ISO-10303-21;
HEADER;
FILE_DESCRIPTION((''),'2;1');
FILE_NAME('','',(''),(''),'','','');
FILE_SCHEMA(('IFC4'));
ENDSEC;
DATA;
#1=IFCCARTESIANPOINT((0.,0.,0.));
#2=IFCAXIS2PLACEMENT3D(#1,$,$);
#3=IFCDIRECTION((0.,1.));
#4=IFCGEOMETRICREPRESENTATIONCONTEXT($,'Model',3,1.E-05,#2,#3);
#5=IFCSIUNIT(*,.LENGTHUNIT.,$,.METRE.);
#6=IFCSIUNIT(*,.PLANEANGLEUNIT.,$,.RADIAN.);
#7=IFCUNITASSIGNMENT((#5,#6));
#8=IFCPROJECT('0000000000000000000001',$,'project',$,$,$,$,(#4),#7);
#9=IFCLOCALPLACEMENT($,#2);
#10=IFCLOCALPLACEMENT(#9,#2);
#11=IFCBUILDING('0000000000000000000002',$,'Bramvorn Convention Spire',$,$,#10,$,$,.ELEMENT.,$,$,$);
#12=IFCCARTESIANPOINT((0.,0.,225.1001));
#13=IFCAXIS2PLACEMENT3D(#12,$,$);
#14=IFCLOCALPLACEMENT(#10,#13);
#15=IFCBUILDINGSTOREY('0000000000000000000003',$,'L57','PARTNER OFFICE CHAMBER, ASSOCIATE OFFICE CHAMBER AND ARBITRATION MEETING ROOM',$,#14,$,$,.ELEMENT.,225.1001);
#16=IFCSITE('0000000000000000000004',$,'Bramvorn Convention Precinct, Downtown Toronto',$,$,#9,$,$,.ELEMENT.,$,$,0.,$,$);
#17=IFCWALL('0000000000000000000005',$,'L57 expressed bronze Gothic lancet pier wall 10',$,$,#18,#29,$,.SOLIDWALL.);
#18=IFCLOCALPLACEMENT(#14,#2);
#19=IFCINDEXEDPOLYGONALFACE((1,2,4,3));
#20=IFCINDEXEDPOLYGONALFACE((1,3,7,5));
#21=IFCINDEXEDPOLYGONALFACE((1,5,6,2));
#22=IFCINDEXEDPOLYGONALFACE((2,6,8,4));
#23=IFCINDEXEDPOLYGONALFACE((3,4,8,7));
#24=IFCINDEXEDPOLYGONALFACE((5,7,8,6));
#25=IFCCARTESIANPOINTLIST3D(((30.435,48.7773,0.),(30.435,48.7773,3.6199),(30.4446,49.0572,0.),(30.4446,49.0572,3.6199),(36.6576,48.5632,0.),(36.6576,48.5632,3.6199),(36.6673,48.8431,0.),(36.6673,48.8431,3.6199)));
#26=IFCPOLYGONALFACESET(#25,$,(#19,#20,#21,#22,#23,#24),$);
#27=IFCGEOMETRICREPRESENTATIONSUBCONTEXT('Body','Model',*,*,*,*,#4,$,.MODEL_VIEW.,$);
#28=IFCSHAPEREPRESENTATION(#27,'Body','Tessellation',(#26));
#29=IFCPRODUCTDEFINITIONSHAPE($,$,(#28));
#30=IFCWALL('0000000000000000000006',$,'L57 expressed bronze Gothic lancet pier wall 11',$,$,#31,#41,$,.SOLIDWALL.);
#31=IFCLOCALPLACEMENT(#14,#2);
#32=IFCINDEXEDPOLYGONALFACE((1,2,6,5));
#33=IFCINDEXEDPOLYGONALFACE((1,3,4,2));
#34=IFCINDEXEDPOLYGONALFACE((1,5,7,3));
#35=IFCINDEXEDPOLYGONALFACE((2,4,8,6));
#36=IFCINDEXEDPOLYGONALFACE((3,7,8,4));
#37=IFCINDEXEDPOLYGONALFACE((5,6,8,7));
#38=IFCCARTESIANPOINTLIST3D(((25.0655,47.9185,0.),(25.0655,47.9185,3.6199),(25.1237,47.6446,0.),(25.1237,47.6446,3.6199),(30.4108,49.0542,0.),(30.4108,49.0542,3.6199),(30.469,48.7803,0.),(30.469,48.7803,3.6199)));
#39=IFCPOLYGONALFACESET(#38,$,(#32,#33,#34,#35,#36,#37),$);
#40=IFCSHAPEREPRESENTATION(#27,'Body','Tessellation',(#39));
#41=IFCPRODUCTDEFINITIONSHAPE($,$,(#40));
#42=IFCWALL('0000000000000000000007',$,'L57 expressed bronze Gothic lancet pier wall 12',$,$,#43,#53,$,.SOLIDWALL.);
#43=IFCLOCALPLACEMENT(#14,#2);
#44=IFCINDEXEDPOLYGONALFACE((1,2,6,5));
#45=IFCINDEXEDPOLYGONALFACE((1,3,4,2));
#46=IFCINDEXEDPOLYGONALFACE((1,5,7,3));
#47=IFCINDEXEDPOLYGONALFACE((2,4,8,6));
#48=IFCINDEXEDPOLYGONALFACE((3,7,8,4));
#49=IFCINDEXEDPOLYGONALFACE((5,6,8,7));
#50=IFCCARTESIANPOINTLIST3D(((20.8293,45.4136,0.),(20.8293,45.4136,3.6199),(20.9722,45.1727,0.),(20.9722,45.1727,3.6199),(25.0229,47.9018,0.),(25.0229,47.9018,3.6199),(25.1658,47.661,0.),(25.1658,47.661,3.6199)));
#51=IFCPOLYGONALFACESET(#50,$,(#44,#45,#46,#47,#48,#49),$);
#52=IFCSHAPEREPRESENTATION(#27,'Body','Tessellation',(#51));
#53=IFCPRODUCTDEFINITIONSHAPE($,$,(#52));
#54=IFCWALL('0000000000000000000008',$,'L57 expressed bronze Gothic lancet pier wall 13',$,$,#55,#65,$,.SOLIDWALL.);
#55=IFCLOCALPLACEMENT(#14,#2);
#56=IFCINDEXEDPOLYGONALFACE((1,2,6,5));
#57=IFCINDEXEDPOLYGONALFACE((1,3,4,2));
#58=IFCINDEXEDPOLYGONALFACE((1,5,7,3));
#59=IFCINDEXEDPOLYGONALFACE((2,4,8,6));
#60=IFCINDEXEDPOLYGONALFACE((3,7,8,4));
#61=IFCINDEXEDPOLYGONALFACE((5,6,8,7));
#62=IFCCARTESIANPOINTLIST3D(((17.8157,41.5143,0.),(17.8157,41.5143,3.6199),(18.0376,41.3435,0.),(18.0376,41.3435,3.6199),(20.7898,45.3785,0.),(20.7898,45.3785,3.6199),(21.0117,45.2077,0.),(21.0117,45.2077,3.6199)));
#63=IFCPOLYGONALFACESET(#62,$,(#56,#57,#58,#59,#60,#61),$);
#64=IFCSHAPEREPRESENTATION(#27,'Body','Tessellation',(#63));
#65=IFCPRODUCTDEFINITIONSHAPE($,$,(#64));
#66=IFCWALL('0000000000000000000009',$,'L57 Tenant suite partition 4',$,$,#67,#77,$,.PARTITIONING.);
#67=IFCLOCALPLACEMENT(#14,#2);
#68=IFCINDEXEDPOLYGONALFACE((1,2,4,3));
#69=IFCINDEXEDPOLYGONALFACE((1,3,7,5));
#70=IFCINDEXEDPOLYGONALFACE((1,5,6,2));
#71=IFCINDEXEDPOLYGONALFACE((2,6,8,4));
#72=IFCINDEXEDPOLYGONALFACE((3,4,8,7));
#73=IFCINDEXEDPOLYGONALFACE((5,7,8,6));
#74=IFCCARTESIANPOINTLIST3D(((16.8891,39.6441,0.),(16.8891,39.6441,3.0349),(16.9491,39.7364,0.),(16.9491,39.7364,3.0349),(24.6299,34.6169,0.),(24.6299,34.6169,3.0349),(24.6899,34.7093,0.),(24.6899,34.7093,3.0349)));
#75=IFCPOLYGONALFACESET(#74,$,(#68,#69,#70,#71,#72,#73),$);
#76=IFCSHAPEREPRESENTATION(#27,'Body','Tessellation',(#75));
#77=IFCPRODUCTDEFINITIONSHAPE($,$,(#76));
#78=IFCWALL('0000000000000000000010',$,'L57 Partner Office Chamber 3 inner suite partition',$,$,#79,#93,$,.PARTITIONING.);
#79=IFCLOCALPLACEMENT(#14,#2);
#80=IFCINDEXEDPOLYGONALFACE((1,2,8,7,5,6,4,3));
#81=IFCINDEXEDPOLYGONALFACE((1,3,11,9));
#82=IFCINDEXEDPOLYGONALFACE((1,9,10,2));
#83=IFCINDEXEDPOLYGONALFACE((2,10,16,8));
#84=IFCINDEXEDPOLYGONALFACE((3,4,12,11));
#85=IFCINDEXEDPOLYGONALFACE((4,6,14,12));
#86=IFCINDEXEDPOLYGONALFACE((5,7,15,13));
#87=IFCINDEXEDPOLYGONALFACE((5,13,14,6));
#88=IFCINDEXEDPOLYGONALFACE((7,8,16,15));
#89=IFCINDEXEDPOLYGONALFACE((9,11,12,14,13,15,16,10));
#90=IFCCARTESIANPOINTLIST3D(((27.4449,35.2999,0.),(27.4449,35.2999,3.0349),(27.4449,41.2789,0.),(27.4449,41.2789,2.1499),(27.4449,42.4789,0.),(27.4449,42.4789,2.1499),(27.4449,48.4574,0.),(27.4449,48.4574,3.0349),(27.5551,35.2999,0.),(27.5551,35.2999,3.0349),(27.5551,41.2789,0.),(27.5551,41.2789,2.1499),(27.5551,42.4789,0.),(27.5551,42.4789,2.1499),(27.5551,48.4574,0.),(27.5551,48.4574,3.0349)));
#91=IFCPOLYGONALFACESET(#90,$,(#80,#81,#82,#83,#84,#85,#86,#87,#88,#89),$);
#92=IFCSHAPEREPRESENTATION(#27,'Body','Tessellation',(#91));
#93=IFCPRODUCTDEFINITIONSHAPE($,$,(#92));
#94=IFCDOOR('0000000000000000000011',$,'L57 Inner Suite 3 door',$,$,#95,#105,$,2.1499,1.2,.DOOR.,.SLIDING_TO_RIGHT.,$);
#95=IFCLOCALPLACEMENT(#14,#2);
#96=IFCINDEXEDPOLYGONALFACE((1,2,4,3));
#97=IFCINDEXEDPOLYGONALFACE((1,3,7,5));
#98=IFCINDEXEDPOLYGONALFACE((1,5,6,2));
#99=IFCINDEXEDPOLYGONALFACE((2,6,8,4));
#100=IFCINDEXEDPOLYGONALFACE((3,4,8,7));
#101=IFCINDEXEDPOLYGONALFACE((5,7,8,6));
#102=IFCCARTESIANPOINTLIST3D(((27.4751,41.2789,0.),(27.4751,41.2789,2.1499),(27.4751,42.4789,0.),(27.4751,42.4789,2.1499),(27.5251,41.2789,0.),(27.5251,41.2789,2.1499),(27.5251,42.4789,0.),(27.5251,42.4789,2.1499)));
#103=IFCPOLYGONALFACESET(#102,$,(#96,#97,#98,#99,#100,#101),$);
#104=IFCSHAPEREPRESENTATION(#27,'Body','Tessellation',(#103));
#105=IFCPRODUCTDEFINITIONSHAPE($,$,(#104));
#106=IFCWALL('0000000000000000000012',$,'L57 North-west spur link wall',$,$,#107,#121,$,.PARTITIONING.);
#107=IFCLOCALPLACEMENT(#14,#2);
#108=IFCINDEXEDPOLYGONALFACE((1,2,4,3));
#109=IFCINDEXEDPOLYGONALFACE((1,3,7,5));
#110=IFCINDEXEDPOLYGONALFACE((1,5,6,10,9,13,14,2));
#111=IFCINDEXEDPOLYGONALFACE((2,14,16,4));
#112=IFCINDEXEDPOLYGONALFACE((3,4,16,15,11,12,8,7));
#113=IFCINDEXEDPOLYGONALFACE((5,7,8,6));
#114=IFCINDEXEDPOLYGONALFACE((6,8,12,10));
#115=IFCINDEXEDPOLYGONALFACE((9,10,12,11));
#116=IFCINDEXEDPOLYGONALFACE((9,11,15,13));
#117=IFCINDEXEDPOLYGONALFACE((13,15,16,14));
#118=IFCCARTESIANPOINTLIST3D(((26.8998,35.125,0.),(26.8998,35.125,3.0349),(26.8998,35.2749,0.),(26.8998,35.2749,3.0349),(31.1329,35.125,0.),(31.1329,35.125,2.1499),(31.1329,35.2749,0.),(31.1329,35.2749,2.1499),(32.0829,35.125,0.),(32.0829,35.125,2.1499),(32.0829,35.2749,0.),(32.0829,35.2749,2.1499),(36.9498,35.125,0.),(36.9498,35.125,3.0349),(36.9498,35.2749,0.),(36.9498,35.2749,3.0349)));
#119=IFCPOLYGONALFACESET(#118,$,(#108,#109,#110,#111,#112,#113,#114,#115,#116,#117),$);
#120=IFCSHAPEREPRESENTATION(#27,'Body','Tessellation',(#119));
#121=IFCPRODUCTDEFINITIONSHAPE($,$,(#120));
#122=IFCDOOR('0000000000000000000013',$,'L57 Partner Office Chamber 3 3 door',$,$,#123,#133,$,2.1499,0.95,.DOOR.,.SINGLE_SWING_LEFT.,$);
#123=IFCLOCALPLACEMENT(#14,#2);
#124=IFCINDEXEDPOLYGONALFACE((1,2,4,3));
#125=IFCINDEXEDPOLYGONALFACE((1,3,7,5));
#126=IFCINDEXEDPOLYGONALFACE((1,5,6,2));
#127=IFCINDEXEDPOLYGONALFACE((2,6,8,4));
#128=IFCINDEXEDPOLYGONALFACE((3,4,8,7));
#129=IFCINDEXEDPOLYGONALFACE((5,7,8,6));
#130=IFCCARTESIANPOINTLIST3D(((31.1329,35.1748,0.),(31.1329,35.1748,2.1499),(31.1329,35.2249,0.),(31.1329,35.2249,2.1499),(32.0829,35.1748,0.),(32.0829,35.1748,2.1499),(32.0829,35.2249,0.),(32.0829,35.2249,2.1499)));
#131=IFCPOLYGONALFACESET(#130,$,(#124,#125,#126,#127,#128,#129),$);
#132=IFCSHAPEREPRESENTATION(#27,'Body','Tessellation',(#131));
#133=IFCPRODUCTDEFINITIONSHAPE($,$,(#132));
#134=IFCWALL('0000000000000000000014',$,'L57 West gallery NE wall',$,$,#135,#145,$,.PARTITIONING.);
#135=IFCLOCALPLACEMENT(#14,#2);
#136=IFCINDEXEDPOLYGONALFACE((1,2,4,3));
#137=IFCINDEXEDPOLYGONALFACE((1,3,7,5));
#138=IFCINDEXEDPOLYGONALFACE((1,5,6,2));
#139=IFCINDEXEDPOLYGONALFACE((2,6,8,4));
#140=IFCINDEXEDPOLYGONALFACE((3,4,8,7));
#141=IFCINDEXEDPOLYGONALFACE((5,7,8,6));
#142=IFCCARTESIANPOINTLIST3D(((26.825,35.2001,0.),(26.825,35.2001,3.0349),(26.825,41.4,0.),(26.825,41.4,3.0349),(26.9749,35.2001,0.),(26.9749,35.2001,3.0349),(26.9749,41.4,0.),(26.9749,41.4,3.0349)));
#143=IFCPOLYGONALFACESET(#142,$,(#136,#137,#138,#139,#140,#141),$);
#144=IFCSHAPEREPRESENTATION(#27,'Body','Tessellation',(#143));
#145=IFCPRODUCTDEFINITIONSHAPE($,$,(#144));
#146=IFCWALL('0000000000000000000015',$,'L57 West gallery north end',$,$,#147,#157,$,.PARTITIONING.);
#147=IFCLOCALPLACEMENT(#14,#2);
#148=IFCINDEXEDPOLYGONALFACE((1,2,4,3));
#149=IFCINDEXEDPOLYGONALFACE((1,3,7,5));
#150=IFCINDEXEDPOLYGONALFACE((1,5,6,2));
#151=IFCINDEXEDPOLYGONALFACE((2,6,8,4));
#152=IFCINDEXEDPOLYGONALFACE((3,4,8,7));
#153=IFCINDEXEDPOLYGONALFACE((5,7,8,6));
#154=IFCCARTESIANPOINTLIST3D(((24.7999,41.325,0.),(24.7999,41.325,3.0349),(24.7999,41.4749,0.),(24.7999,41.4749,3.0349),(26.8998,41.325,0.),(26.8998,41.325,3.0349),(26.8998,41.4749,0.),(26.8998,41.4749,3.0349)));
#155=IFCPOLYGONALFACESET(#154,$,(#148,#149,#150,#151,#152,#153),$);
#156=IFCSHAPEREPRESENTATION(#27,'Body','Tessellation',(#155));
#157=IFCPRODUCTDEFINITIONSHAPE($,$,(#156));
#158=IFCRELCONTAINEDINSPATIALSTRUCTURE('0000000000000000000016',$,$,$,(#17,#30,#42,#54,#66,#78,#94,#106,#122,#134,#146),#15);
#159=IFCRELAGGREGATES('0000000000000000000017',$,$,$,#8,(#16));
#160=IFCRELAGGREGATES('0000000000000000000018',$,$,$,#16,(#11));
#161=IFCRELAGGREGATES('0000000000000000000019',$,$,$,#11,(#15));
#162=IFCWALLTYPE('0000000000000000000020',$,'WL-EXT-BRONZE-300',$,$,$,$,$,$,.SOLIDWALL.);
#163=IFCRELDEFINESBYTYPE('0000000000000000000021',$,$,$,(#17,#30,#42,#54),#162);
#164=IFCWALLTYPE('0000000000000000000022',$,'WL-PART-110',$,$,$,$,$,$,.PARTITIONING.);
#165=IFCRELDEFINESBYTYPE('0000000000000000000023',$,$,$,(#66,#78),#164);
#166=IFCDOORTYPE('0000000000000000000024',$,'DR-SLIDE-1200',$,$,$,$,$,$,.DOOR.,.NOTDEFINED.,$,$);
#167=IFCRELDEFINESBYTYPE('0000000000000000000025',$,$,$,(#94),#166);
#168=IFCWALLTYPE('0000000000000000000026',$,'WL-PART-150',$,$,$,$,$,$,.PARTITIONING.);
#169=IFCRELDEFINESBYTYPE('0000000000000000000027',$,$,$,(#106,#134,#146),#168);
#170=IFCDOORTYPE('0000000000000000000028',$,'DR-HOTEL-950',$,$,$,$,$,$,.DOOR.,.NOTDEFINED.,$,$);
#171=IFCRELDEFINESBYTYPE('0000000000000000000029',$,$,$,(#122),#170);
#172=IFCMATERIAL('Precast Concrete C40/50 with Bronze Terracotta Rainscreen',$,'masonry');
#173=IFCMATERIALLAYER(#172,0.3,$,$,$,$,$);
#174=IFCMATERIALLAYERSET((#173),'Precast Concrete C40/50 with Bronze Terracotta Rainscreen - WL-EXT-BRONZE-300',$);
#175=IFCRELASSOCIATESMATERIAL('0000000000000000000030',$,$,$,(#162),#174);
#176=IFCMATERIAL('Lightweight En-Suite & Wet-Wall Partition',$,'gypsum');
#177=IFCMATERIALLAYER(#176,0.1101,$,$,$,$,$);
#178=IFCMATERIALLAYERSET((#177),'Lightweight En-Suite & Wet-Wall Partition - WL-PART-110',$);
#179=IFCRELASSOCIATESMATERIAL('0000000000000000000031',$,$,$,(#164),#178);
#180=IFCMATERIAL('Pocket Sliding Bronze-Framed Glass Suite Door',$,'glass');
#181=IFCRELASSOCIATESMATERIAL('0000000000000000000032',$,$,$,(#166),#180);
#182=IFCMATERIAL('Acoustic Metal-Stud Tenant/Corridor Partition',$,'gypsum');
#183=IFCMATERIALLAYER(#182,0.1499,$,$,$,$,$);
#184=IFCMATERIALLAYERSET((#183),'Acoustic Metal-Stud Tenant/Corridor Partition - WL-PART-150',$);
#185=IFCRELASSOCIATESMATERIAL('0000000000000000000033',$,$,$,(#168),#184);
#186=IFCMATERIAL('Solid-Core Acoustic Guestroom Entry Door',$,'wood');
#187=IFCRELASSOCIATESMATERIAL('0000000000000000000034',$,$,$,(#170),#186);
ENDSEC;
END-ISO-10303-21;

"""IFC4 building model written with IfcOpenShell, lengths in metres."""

from ifc_helpers import new_model, si_unit, direction, frame, frame_2d, origin, place, context, subcontext, project, spatial, rectangle, extrude, material, layer, layer_set, type_object, element, fill, save


model = new_model("IFC4")

# Units and contexts
model_context = context("Model", 3, precision=1e-05, world=origin(), true_north=direction((0.0, 1.0)))
body_context = subcontext(model_context, "Body", "Model", "MODEL_VIEW")
ifc_project = project(units=[si_unit("LENGTHUNIT", "METRE"), si_unit("PLANEANGLEUNIT", "RADIAN")], contexts=[model_context])

# Site, building, storey
site_placement = place(None, origin())
site = spatial("IfcSite", under=ifc_project, at=site_placement, Name="Bramvorn Convention Precinct, Downtown Toronto", CompositionType="ELEMENT", RefElevation=0.0)
building_placement = place(site_placement, origin())
building = spatial("IfcBuilding", under=site, at=building_placement, Name="Bramvorn Convention Spire", CompositionType="ELEMENT")
storey_placement = place(building_placement, frame((0.0, 0.0, 225.1001)))
storey = spatial("IfcBuildingStorey", under=building, at=storey_placement, Name="L57", Description="PARTNER OFFICE CHAMBER, ASSOCIATE OFFICE CHAMBER AND ARBITRATION MEETING ROOM", CompositionType="ELEMENT", Elevation=225.1001)

# Walls
ifc_material_1 = material(Name="Precast Concrete C40/50 with Bronze Terracotta Rainscreen", Category="masonry")
ifc_layer_1 = layer(ifc_material_1, 0.3)
ifc_layer_set_1 = layer_set([ifc_layer_1], Name="Precast Concrete C40/50 with Bronze Terracotta Rainscreen - WL-EXT-BRONZE-300")
wall_type_1 = type_object("IfcWallType", Name="WL-EXT-BRONZE-300", PredefinedType="SOLIDWALL", material=ifc_layer_set_1)
wall_1_placement = place(storey_placement, frame((30.4397, 48.9172, 0.0), z_axis=(0.0, 0.0, 1.0), x_axis=(0.999409, -0.034388, 0.0)))
element("IfcWall", 1, at=wall_1_placement, inside=storey, type_object=wall_type_1, Name="L57 expressed bronze Gothic lancet pier wall 10", PredefinedType="SOLIDWALL", context=body_context, shape_type="SweptSolid", body=[
    extrude(rectangle(XDim=6.2263, YDim=0.28, at=frame_2d((3.1133, 0.0))), origin(), (0.0, 0.0, 1.0), 3.6199),
])
wall_2_placement = place(storey_placement, frame((25.0945, 47.7815, 0.0), z_axis=(0.0, 0.0, 1.0), x_axis=(0.978163, 0.207838, 0.0)))
element("IfcWall", 2, at=wall_2_placement, inside=storey, type_object=wall_type_1, Name="L57 expressed bronze Gothic lancet pier wall 11", PredefinedType="SOLIDWALL", context=body_context, shape_type="SweptSolid", body=[
    extrude(rectangle(XDim=5.4646, YDim=0.28, at=frame_2d((2.7324, 0.0))), origin(), (0.0, 0.0, 1.0), 3.6199),
])
for number, where, z_axis, x_axis, name in (
    (3, (20.9009, 45.2932, 0.0), (0.0, 0.0, 1.0), (0.860005, 0.510285, 0.0), "L57 expressed bronze Gothic lancet pier wall 12"),
    (4, (17.9268, 41.429, 0.0), (0.0, 0.0, 1.0), (0.609919, 0.792464, 0.0), "L57 expressed bronze Gothic lancet pier wall 13"),
):
    element("IfcWall", number, at=place(storey_placement, frame(where, z_axis=z_axis, x_axis=x_axis)), inside=storey, type_object=wall_type_1, Name=name, PredefinedType="SOLIDWALL", context=body_context, shape_type="SweptSolid", body=[
        extrude(rectangle(XDim=4.8762, YDim=0.28, at=frame_2d((2.438, 0.0))), origin(), (0.0, 0.0, 1.0), 3.6199),
    ])
ifc_material_2 = material(Name="Lightweight En-Suite & Wet-Wall Partition", Category="gypsum")
ifc_layer_2 = layer(ifc_material_2, 0.1101)
ifc_layer_set_2 = layer_set([ifc_layer_2], Name="Lightweight En-Suite & Wet-Wall Partition - WL-PART-110")
wall_type_2 = type_object("IfcWallType", Name="WL-PART-110", PredefinedType="PARTITIONING", material=ifc_layer_set_2)
wall_3_placement = place(storey_placement, frame((24.6599, 34.6631, 0.0), z_axis=(0.0, 0.0, 1.0), x_axis=(-0.83866, 0.544655, 0.0)))
element("IfcWall", 5, at=wall_3_placement, inside=storey, type_object=wall_type_2, Name="L57 Tenant suite partition 4", PredefinedType="PARTITIONING", context=body_context, shape_type="SweptSolid", body=[
    extrude(rectangle(XDim=9.23, YDim=0.1101, at=frame_2d((4.615, 0.0))), origin(), (0.0, 0.0, 1.0), 3.0349),
])

# Walls, openings, doors
wall_4_placement = place(storey_placement, frame((27.5, 35.3, 0.0), z_axis=(0.0, 0.0, 1.0), x_axis=(0.0, 1.0, 0.0)))
wall_4 = element("IfcWall", 6, at=wall_4_placement, inside=storey, type_object=wall_type_2, Name="L57 Partner Office Chamber 3 inner suite partition", PredefinedType="PARTITIONING", context=body_context, shape_type="SweptSolid", body=[
    extrude(rectangle(XDim=13.1575, YDim=0.1101, at=frame_2d((6.5786, 0.0))), origin(), (0.0, 0.0, 1.0), 3.0349),
])
opening_1_placement = place(wall_4_placement, frame((5.9788, 0.0, 0.0)))
opening_1 = element("IfcOpeningElement", 7, at=opening_1_placement, cuts=wall_4, PredefinedType="OPENING", context=body_context, shape_type="SweptSolid", body=[
    extrude(rectangle(XDim=1.2, YDim=2.1499, at=frame_2d((0.6001, 1.075))), frame((0.0, 0.0649, 0.0), z_axis=(0.0, -1.0, 0.0), x_axis=(1.0, 0.0, 0.0)), (0.0, 0.0, 1.0), 0.1301),
])
ifc_material_3 = material(Name="Pocket Sliding Bronze-Framed Glass Suite Door", Category="glass")
door_type_1 = type_object("IfcDoorType", Name="DR-SLIDE-1200", OperationType="NOTDEFINED", PredefinedType="DOOR", material=ifc_material_3)
door_1_placement = place(opening_1_placement, origin())
door_1 = element("IfcDoor", 8, at=door_1_placement, inside=storey, type_object=door_type_1, Name="L57 Inner Suite 3 door", OperationType="SLIDING_TO_RIGHT", OverallHeight=2.1499, OverallWidth=1.2, PredefinedType="DOOR", context=body_context, shape_type="SweptSolid", body=[
    extrude(rectangle(XDim=1.2, YDim=2.1499, at=frame_2d((0.6001, 1.075))), frame((0.0, 0.0249, 0.0), z_axis=(0.0, -1.0, 0.0), x_axis=(1.0, 0.0, 0.0)), (0.0, 0.0, 1.0), 0.05),
])
fill(opening_1, door_1)
ifc_material_4 = material(Name="Acoustic Metal-Stud Tenant/Corridor Partition", Category="gypsum")
ifc_layer_3 = layer(ifc_material_4, 0.1499)
ifc_layer_set_3 = layer_set([ifc_layer_3], Name="Acoustic Metal-Stud Tenant/Corridor Partition - WL-PART-150")
wall_type_3 = type_object("IfcWallType", Name="WL-PART-150", PredefinedType="PARTITIONING", material=ifc_layer_set_3)
wall_5_placement = place(storey_placement, frame((26.8999, 35.2, 0.0), z_axis=(0.0, 0.0, 1.0), x_axis=(1.0, 0.0, 0.0)))
wall_5 = element("IfcWall", 9, at=wall_5_placement, inside=storey, type_object=wall_type_3, Name="L57 North-west spur link wall", PredefinedType="PARTITIONING", context=body_context, shape_type="SweptSolid", body=[
    extrude(rectangle(XDim=10.05, YDim=0.1499, at=frame_2d((5.0249, 0.0))), origin(), (0.0, 0.0, 1.0), 3.0349),
])
opening_2_placement = place(wall_5_placement, frame((4.2329, 0.0, 0.0)))
opening_2 = element("IfcOpeningElement", 10, at=opening_2_placement, cuts=wall_5, PredefinedType="OPENING", context=body_context, shape_type="SweptSolid", body=[
    extrude(rectangle(XDim=0.95, YDim=2.1499, at=frame_2d((0.4751, 1.075))), frame((0.0, 0.085, 0.0), z_axis=(0.0, -1.0, 0.0), x_axis=(1.0, 0.0, 0.0)), (0.0, 0.0, 1.0), 0.1699),
])
ifc_material_5 = material(Name="Solid-Core Acoustic Guestroom Entry Door", Category="wood")
door_type_2 = type_object("IfcDoorType", Name="DR-HOTEL-950", OperationType="NOTDEFINED", PredefinedType="DOOR", material=ifc_material_5)
door_2_placement = place(opening_2_placement, origin())
door_2 = element("IfcDoor", 11, at=door_2_placement, inside=storey, type_object=door_type_2, Name="L57 Partner Office Chamber 3 3 door", OperationType="SINGLE_SWING_LEFT", OverallHeight=2.1499, OverallWidth=0.95, PredefinedType="DOOR", context=body_context, shape_type="SweptSolid", body=[
    extrude(rectangle(XDim=0.95, YDim=2.1499, at=frame_2d((0.4751, 1.075))), frame((0.0, 0.0249, 0.0), z_axis=(0.0, -1.0, 0.0), x_axis=(1.0, 0.0, 0.0)), (0.0, 0.0, 1.0), 0.05),
])
fill(opening_2, door_2)

# Walls
wall_6_placement = place(storey_placement, frame((26.8999, 35.2, 0.0), z_axis=(0.0, 0.0, 1.0), x_axis=(0.0, 1.0, 0.0)))
element("IfcWall", 12, at=wall_6_placement, inside=storey, type_object=wall_type_3, Name="L57 West gallery NE wall", PredefinedType="PARTITIONING", context=body_context, shape_type="SweptSolid", body=[
    extrude(rectangle(XDim=6.2, YDim=0.1499, at=frame_2d((3.1001, 0.0))), origin(), (0.0, 0.0, 1.0), 3.0349),
])
wall_7_placement = place(storey_placement, frame((24.8, 41.3999, 0.0), z_axis=(0.0, 0.0, 1.0), x_axis=(1.0, 0.0, 0.0)))
element("IfcWall", 13, at=wall_7_placement, inside=storey, type_object=wall_type_3, Name="L57 West gallery north end", PredefinedType="PARTITIONING", context=body_context, shape_type="SweptSolid", body=[
    extrude(rectangle(XDim=2.0999, YDim=0.1499, at=frame_2d((1.0498, 0.0))), origin(), (0.0, 0.0, 1.0), 3.0349),
])

save(model, "model.ifc")
